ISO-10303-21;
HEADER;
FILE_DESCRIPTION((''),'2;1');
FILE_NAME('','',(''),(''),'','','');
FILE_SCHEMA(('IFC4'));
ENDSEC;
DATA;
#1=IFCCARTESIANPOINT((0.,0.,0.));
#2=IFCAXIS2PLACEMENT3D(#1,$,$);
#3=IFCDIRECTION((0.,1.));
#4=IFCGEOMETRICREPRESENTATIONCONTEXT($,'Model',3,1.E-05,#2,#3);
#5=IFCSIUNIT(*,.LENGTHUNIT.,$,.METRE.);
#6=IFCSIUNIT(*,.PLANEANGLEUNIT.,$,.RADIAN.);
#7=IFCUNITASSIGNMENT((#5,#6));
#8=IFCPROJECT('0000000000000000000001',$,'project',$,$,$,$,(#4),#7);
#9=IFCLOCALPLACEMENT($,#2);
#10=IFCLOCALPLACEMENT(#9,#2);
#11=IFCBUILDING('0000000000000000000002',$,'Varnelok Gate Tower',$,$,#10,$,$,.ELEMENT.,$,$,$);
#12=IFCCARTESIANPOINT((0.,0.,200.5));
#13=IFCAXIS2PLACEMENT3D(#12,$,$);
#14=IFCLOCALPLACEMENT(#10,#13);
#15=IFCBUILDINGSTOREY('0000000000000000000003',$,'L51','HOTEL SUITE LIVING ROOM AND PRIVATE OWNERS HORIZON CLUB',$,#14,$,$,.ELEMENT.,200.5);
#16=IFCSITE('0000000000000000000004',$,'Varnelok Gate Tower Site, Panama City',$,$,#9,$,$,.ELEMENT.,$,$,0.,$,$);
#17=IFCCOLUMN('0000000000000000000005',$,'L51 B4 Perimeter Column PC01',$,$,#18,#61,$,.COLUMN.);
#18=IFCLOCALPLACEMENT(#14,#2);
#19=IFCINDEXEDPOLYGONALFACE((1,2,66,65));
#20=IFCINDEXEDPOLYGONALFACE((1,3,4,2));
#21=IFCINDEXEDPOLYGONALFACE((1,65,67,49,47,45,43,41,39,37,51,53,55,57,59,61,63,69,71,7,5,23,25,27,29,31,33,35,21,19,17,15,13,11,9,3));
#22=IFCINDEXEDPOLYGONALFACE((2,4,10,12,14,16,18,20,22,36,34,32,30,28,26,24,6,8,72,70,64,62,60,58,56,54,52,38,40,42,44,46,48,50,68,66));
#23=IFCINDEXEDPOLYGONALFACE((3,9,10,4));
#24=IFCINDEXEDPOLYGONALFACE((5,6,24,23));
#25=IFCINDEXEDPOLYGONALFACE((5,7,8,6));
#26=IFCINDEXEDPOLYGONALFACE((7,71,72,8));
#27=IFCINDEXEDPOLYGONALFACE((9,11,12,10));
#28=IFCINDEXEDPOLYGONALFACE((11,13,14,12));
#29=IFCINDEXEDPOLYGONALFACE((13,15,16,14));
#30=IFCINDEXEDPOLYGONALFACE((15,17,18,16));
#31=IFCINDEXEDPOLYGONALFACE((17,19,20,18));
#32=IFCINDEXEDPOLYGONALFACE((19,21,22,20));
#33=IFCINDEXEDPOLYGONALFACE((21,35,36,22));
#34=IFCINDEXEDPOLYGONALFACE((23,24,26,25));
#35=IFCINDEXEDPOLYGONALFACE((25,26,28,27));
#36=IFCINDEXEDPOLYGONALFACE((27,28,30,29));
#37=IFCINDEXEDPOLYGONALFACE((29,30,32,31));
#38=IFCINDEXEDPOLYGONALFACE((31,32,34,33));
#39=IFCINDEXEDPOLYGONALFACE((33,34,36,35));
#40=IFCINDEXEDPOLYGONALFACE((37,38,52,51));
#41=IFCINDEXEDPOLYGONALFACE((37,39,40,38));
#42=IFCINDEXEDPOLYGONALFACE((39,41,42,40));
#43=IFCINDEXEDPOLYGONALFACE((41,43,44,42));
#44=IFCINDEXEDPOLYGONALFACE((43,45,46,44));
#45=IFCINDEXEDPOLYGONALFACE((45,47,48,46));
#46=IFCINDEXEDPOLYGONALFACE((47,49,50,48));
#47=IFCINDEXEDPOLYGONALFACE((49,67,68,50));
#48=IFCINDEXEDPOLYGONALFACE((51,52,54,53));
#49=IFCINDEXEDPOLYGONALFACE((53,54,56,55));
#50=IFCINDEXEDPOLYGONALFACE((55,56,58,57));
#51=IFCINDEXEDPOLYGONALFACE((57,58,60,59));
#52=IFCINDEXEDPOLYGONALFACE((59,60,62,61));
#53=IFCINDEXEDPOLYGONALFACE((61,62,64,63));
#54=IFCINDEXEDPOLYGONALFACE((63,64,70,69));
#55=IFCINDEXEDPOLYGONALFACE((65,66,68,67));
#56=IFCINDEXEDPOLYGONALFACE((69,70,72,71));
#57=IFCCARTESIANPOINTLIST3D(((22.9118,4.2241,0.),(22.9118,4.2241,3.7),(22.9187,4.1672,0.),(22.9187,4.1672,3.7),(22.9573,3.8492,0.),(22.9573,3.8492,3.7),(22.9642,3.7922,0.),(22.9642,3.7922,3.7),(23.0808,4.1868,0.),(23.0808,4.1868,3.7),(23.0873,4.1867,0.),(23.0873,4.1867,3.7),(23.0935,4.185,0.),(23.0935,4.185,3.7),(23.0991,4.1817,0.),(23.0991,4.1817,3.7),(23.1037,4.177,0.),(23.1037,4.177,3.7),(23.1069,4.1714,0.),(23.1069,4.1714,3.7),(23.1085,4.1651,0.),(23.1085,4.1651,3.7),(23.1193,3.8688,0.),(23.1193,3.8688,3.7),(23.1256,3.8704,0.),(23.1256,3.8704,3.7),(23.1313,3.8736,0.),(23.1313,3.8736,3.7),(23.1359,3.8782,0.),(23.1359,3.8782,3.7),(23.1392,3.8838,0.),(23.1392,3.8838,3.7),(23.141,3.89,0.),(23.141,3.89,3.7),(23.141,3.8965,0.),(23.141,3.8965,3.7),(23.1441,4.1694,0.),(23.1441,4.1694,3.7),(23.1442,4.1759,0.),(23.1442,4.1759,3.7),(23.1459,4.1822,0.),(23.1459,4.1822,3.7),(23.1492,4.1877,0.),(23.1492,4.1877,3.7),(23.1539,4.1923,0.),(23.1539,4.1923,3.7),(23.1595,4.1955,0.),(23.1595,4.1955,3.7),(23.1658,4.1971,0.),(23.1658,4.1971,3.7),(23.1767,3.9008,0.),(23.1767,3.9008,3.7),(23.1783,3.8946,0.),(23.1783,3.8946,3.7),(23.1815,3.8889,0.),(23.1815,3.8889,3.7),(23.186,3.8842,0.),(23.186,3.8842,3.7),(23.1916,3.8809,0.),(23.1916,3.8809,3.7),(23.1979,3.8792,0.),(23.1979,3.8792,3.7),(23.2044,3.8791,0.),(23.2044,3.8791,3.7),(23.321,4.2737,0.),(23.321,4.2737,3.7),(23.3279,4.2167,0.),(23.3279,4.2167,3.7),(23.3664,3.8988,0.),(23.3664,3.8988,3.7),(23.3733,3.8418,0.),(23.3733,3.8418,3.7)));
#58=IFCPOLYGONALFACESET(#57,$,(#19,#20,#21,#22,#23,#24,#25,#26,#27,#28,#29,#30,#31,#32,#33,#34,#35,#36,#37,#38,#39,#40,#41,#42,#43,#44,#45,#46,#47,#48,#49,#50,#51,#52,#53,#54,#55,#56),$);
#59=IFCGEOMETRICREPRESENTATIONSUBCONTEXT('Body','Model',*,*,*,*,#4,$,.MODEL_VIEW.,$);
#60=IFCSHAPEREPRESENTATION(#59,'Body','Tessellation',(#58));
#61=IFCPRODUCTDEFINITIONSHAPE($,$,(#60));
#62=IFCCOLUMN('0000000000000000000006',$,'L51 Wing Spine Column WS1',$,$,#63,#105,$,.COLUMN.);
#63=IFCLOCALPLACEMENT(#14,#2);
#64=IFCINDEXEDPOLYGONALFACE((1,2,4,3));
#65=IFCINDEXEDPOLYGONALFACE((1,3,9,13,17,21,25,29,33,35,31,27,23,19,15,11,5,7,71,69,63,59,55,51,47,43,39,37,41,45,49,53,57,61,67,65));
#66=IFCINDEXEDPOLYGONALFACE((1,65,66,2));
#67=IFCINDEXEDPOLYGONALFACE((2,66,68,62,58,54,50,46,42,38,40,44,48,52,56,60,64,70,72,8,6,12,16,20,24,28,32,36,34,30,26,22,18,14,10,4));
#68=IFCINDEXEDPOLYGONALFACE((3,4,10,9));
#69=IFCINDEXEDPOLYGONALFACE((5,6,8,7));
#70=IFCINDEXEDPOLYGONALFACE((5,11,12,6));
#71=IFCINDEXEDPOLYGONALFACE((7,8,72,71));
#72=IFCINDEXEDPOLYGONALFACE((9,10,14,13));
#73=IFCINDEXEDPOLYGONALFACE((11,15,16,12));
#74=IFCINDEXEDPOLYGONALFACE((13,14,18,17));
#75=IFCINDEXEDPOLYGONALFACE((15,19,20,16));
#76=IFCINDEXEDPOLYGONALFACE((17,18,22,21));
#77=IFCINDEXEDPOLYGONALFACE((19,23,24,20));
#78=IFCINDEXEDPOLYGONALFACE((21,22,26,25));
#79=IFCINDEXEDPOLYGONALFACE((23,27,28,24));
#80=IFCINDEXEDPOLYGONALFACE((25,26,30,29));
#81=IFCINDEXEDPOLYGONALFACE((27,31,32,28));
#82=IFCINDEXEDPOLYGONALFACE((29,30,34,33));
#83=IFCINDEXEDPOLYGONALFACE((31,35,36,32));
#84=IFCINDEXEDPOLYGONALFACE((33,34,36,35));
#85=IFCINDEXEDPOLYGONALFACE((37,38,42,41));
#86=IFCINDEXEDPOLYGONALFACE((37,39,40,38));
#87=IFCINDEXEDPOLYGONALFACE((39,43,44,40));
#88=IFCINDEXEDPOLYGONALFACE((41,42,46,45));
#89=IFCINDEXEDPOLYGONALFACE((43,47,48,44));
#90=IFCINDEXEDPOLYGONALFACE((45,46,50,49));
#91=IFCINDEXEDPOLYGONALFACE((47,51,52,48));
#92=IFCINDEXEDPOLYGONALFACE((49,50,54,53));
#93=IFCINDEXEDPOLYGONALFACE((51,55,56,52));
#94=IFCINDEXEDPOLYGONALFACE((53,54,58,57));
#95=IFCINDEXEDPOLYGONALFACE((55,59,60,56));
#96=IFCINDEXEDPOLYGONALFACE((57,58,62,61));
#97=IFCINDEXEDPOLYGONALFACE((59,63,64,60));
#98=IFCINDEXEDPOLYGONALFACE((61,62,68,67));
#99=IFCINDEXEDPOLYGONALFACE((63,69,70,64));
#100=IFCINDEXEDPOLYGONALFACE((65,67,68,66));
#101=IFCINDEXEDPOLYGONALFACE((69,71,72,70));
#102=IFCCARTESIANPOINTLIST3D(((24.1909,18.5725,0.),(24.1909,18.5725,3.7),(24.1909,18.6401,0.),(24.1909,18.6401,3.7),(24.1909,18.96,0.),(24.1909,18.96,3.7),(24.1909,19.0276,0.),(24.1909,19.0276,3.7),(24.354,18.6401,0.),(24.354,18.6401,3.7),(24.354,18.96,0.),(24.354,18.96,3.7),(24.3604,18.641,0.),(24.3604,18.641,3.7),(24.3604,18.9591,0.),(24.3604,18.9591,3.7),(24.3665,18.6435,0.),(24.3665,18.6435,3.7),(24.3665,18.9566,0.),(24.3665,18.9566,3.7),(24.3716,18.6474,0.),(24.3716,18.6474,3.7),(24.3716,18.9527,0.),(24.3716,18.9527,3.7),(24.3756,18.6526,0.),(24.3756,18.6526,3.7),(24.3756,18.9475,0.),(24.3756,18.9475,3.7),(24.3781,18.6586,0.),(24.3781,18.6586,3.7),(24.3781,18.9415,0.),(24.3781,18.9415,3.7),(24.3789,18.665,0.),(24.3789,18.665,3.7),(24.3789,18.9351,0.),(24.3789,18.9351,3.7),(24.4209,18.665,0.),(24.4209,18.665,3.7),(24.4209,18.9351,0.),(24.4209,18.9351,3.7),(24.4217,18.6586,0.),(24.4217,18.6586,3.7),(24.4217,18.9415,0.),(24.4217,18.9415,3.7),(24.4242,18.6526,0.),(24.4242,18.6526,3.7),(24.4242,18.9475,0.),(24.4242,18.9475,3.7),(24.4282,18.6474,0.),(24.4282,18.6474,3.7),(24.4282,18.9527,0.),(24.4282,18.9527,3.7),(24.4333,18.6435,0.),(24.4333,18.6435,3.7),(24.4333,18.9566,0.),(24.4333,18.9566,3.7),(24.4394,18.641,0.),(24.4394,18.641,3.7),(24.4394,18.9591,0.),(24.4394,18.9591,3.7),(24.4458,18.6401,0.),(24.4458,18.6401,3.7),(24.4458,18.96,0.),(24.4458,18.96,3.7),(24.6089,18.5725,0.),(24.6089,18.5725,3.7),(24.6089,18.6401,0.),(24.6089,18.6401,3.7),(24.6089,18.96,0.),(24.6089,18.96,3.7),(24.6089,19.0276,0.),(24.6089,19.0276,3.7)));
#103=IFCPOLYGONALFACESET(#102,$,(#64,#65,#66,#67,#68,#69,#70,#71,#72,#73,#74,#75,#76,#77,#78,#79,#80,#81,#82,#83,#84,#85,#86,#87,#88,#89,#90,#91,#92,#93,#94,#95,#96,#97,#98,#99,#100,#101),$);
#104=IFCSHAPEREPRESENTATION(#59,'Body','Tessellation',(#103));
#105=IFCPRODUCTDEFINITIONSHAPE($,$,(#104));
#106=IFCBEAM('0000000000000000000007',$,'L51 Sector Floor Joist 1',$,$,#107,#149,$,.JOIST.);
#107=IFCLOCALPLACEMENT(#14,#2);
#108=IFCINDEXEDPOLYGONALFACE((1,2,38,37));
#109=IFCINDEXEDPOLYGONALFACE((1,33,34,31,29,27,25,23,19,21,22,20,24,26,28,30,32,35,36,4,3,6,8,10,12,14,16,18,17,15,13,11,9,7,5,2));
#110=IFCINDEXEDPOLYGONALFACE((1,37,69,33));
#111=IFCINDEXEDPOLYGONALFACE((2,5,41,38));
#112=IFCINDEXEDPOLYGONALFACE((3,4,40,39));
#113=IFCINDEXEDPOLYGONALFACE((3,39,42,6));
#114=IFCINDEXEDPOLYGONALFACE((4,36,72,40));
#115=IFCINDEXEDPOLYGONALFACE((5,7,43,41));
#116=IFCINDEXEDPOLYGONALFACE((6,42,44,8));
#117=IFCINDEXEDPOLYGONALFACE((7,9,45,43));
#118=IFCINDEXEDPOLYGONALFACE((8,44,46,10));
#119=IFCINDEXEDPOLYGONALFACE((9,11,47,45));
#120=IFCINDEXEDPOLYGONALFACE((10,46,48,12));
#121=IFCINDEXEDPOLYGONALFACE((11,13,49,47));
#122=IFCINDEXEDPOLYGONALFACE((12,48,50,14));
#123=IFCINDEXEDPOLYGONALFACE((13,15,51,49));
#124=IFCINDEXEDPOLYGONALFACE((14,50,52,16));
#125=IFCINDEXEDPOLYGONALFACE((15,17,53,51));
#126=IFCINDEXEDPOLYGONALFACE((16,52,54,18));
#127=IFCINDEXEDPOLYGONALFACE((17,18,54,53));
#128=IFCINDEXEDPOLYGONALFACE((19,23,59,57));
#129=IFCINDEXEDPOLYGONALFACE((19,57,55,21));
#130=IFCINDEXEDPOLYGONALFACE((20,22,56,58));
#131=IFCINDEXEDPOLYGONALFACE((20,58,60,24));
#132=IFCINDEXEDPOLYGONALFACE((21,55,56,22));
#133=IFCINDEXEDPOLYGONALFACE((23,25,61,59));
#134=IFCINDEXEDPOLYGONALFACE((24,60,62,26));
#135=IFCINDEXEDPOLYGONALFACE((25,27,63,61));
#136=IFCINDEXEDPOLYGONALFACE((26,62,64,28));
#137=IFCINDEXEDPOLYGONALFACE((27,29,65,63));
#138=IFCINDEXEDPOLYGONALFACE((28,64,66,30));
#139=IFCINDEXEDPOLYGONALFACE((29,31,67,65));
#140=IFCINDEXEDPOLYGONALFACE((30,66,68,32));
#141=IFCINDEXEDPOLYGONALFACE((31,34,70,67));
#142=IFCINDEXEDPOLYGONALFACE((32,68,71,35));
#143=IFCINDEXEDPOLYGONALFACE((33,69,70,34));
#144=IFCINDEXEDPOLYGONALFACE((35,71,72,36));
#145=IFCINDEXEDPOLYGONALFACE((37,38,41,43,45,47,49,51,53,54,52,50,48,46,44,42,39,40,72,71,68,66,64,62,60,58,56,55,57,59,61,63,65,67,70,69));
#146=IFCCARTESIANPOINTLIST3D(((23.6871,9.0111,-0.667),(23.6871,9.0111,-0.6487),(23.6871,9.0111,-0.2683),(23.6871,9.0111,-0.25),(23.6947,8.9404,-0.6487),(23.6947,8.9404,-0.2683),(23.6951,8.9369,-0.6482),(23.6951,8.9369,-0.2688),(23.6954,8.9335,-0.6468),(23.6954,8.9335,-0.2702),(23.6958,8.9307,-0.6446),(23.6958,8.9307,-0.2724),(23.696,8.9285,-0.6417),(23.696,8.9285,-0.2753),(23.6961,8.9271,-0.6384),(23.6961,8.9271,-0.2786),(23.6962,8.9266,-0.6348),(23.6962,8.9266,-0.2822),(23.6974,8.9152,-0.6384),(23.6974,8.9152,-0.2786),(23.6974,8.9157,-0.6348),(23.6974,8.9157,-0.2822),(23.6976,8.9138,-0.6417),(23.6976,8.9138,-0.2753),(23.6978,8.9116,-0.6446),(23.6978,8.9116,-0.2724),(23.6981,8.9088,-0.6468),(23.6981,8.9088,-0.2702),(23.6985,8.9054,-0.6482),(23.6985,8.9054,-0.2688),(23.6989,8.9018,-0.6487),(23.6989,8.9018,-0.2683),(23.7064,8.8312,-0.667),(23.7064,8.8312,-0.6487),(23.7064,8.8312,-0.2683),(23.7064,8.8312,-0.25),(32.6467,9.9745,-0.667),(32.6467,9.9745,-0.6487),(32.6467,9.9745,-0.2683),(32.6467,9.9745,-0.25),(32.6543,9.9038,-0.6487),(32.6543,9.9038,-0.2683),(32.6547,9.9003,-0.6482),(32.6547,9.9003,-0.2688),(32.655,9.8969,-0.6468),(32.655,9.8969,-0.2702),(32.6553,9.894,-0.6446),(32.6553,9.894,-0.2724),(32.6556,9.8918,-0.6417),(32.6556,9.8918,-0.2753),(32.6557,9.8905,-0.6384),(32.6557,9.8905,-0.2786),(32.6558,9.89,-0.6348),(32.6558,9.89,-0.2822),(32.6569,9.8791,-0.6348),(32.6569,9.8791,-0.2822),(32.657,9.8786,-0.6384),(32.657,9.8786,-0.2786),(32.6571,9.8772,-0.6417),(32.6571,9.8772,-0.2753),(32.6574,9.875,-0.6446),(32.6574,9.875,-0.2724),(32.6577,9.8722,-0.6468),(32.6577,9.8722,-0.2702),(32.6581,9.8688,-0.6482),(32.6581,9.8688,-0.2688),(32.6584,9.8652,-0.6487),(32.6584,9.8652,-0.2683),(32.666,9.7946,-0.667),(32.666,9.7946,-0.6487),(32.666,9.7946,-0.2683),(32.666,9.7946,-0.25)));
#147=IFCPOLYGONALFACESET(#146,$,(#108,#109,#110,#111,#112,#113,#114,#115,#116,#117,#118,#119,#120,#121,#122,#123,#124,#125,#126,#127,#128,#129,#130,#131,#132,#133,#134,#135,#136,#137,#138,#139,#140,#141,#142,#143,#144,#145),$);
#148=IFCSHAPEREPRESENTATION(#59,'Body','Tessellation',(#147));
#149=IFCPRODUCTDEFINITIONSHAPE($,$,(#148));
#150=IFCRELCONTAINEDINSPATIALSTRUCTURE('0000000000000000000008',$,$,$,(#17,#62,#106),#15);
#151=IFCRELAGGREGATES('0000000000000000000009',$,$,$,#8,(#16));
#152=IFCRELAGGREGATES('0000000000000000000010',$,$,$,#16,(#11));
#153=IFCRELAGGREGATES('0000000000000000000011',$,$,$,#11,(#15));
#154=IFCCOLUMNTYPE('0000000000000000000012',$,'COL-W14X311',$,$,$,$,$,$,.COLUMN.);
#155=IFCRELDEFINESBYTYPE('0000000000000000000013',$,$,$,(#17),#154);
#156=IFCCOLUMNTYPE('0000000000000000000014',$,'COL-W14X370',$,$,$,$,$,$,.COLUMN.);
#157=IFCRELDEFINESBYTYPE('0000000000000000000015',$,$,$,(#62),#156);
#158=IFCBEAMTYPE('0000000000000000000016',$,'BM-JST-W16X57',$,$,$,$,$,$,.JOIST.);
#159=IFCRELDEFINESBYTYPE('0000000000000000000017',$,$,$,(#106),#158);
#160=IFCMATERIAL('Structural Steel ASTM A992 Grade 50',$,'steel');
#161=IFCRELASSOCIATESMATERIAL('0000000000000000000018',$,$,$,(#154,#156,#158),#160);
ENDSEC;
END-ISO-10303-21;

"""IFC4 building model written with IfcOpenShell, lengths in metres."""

from ifc_helpers import new_model, si_unit, direction, frame, origin, origin_2d, place, context, subcontext, project, spatial, i_section, extrude, material, material_profile, profile_set, type_object, element, save


model = new_model("IFC4")

# Units and contexts
model_context = context("Model", 3, precision=1e-05, world=origin(), true_north=direction((0.0, 1.0)))
body_context = subcontext(model_context, "Body", "Model", "MODEL_VIEW")
ifc_project = project(units=[si_unit("LENGTHUNIT", "METRE"), si_unit("PLANEANGLEUNIT", "RADIAN")], contexts=[model_context])

# Site, building, storey
site_placement = place(None, origin())
site = spatial("IfcSite", under=ifc_project, at=site_placement, Name="Varnelok Gate Tower Site, Panama City", CompositionType="ELEMENT", RefElevation=0.0)
building_placement = place(site_placement, origin())
building = spatial("IfcBuilding", under=site, at=building_placement, Name="Varnelok Gate Tower", CompositionType="ELEMENT")
storey_placement = place(building_placement, frame((0.0, 0.0, 200.5)))
storey = spatial("IfcBuildingStorey", under=building, at=storey_placement, Name="L51", Description="HOTEL SUITE LIVING ROOM AND PRIVATE OWNERS HORIZON CLUB", CompositionType="ELEMENT", Elevation=200.5)

# Columns
ifc_material_1 = material(Name="Structural Steel ASTM A992 Grade 50", Category="steel")
ifc_material_profile_1 = material_profile(ifc_material_1, i_section(OverallWidth=0.4121, OverallDepth=0.4351, WebThickness=0.0359, FlangeThickness=0.0574, FilletRadius=0.0249, at=origin_2d()), Name="W14X311")
ifc_profile_set_1 = profile_set([ifc_material_profile_1], Name="Structural Steel ASTM A992 Grade 50")
column_type_1 = type_object("IfcColumnType", Name="COL-W14X311", PredefinedType="COLUMN", material=ifc_profile_set_1)
column_1_placement = place(storey_placement, frame((23.1426, 4.033, 0.0), z_axis=(0.0, 0.0, 1.0), x_axis=(0.992732, 0.120345, 0.0)))
element("IfcColumn", 1, at=column_1_placement, inside=storey, type_object=column_type_1, Name="L51 B4 Perimeter Column PC01", PredefinedType="COLUMN", context=body_context, shape_type="SweptSolid", body=[
    extrude(i_section(OverallWidth=0.4121, OverallDepth=0.4351, WebThickness=0.0359, FlangeThickness=0.0574, FilletRadius=0.0249, at=origin_2d()), origin(), (0.0, 0.0, 1.0), 3.7),
])
ifc_material_profile_2 = material_profile(ifc_material_1, i_section(OverallWidth=0.418, OverallDepth=0.4551, WebThickness=0.042, FlangeThickness=0.0676, FilletRadius=0.0249, at=origin_2d()), Name="W14X370")
ifc_profile_set_2 = profile_set([ifc_material_profile_2], Name="Structural Steel ASTM A992 Grade 50")
column_type_2 = type_object("IfcColumnType", Name="COL-W14X370", PredefinedType="COLUMN", material=ifc_profile_set_2)
column_2_placement = place(storey_placement, frame((24.3999, 18.8, 0.0), z_axis=(0.0, 0.0, 1.0), x_axis=(1.0, 0.0, 0.0)))
element("IfcColumn", 2, at=column_2_placement, inside=storey, type_object=column_type_2, Name="L51 Wing Spine Column WS1", PredefinedType="COLUMN", context=body_context, shape_type="SweptSolid", body=[
    extrude(i_section(OverallWidth=0.418, OverallDepth=0.4551, WebThickness=0.042, FlangeThickness=0.0676, FilletRadius=0.0249, at=origin_2d()), origin(), (0.0, 0.0, 1.0), 3.7),
])

# Beam
ifc_material_profile_3 = material_profile(ifc_material_1, i_section(OverallWidth=0.1809, OverallDepth=0.417, WebThickness=0.011, FlangeThickness=0.0183, FilletRadius=0.0139, at=origin_2d()), Name="W16X57")
ifc_profile_set_3 = profile_set([ifc_material_profile_3], Name="Structural Steel ASTM A992 Grade 50")
beam_type_1 = type_object("IfcBeamType", Name="BM-JST-W16X57", PredefinedType="JOIST", material=ifc_profile_set_3)
beam_1_placement = place(storey_placement, frame((23.6968, 8.9211, -0.4585), z_axis=(0.994269, 0.10691, 0.0), x_axis=(-0.10691, 0.994269, 0.0)))
element("IfcBeam", 3, at=beam_1_placement, inside=storey, type_object=beam_type_1, Name="L51 Sector Floor Joist 1", PredefinedType="JOIST", context=body_context, shape_type="SweptSolid", body=[
    extrude(i_section(OverallWidth=0.1809, OverallDepth=0.417, WebThickness=0.011, FlangeThickness=0.0183, FilletRadius=0.0139, at=origin_2d()), origin(), (0.0, 0.0, 1.0), 9.0112),
])

save(model, "model.ifc")
